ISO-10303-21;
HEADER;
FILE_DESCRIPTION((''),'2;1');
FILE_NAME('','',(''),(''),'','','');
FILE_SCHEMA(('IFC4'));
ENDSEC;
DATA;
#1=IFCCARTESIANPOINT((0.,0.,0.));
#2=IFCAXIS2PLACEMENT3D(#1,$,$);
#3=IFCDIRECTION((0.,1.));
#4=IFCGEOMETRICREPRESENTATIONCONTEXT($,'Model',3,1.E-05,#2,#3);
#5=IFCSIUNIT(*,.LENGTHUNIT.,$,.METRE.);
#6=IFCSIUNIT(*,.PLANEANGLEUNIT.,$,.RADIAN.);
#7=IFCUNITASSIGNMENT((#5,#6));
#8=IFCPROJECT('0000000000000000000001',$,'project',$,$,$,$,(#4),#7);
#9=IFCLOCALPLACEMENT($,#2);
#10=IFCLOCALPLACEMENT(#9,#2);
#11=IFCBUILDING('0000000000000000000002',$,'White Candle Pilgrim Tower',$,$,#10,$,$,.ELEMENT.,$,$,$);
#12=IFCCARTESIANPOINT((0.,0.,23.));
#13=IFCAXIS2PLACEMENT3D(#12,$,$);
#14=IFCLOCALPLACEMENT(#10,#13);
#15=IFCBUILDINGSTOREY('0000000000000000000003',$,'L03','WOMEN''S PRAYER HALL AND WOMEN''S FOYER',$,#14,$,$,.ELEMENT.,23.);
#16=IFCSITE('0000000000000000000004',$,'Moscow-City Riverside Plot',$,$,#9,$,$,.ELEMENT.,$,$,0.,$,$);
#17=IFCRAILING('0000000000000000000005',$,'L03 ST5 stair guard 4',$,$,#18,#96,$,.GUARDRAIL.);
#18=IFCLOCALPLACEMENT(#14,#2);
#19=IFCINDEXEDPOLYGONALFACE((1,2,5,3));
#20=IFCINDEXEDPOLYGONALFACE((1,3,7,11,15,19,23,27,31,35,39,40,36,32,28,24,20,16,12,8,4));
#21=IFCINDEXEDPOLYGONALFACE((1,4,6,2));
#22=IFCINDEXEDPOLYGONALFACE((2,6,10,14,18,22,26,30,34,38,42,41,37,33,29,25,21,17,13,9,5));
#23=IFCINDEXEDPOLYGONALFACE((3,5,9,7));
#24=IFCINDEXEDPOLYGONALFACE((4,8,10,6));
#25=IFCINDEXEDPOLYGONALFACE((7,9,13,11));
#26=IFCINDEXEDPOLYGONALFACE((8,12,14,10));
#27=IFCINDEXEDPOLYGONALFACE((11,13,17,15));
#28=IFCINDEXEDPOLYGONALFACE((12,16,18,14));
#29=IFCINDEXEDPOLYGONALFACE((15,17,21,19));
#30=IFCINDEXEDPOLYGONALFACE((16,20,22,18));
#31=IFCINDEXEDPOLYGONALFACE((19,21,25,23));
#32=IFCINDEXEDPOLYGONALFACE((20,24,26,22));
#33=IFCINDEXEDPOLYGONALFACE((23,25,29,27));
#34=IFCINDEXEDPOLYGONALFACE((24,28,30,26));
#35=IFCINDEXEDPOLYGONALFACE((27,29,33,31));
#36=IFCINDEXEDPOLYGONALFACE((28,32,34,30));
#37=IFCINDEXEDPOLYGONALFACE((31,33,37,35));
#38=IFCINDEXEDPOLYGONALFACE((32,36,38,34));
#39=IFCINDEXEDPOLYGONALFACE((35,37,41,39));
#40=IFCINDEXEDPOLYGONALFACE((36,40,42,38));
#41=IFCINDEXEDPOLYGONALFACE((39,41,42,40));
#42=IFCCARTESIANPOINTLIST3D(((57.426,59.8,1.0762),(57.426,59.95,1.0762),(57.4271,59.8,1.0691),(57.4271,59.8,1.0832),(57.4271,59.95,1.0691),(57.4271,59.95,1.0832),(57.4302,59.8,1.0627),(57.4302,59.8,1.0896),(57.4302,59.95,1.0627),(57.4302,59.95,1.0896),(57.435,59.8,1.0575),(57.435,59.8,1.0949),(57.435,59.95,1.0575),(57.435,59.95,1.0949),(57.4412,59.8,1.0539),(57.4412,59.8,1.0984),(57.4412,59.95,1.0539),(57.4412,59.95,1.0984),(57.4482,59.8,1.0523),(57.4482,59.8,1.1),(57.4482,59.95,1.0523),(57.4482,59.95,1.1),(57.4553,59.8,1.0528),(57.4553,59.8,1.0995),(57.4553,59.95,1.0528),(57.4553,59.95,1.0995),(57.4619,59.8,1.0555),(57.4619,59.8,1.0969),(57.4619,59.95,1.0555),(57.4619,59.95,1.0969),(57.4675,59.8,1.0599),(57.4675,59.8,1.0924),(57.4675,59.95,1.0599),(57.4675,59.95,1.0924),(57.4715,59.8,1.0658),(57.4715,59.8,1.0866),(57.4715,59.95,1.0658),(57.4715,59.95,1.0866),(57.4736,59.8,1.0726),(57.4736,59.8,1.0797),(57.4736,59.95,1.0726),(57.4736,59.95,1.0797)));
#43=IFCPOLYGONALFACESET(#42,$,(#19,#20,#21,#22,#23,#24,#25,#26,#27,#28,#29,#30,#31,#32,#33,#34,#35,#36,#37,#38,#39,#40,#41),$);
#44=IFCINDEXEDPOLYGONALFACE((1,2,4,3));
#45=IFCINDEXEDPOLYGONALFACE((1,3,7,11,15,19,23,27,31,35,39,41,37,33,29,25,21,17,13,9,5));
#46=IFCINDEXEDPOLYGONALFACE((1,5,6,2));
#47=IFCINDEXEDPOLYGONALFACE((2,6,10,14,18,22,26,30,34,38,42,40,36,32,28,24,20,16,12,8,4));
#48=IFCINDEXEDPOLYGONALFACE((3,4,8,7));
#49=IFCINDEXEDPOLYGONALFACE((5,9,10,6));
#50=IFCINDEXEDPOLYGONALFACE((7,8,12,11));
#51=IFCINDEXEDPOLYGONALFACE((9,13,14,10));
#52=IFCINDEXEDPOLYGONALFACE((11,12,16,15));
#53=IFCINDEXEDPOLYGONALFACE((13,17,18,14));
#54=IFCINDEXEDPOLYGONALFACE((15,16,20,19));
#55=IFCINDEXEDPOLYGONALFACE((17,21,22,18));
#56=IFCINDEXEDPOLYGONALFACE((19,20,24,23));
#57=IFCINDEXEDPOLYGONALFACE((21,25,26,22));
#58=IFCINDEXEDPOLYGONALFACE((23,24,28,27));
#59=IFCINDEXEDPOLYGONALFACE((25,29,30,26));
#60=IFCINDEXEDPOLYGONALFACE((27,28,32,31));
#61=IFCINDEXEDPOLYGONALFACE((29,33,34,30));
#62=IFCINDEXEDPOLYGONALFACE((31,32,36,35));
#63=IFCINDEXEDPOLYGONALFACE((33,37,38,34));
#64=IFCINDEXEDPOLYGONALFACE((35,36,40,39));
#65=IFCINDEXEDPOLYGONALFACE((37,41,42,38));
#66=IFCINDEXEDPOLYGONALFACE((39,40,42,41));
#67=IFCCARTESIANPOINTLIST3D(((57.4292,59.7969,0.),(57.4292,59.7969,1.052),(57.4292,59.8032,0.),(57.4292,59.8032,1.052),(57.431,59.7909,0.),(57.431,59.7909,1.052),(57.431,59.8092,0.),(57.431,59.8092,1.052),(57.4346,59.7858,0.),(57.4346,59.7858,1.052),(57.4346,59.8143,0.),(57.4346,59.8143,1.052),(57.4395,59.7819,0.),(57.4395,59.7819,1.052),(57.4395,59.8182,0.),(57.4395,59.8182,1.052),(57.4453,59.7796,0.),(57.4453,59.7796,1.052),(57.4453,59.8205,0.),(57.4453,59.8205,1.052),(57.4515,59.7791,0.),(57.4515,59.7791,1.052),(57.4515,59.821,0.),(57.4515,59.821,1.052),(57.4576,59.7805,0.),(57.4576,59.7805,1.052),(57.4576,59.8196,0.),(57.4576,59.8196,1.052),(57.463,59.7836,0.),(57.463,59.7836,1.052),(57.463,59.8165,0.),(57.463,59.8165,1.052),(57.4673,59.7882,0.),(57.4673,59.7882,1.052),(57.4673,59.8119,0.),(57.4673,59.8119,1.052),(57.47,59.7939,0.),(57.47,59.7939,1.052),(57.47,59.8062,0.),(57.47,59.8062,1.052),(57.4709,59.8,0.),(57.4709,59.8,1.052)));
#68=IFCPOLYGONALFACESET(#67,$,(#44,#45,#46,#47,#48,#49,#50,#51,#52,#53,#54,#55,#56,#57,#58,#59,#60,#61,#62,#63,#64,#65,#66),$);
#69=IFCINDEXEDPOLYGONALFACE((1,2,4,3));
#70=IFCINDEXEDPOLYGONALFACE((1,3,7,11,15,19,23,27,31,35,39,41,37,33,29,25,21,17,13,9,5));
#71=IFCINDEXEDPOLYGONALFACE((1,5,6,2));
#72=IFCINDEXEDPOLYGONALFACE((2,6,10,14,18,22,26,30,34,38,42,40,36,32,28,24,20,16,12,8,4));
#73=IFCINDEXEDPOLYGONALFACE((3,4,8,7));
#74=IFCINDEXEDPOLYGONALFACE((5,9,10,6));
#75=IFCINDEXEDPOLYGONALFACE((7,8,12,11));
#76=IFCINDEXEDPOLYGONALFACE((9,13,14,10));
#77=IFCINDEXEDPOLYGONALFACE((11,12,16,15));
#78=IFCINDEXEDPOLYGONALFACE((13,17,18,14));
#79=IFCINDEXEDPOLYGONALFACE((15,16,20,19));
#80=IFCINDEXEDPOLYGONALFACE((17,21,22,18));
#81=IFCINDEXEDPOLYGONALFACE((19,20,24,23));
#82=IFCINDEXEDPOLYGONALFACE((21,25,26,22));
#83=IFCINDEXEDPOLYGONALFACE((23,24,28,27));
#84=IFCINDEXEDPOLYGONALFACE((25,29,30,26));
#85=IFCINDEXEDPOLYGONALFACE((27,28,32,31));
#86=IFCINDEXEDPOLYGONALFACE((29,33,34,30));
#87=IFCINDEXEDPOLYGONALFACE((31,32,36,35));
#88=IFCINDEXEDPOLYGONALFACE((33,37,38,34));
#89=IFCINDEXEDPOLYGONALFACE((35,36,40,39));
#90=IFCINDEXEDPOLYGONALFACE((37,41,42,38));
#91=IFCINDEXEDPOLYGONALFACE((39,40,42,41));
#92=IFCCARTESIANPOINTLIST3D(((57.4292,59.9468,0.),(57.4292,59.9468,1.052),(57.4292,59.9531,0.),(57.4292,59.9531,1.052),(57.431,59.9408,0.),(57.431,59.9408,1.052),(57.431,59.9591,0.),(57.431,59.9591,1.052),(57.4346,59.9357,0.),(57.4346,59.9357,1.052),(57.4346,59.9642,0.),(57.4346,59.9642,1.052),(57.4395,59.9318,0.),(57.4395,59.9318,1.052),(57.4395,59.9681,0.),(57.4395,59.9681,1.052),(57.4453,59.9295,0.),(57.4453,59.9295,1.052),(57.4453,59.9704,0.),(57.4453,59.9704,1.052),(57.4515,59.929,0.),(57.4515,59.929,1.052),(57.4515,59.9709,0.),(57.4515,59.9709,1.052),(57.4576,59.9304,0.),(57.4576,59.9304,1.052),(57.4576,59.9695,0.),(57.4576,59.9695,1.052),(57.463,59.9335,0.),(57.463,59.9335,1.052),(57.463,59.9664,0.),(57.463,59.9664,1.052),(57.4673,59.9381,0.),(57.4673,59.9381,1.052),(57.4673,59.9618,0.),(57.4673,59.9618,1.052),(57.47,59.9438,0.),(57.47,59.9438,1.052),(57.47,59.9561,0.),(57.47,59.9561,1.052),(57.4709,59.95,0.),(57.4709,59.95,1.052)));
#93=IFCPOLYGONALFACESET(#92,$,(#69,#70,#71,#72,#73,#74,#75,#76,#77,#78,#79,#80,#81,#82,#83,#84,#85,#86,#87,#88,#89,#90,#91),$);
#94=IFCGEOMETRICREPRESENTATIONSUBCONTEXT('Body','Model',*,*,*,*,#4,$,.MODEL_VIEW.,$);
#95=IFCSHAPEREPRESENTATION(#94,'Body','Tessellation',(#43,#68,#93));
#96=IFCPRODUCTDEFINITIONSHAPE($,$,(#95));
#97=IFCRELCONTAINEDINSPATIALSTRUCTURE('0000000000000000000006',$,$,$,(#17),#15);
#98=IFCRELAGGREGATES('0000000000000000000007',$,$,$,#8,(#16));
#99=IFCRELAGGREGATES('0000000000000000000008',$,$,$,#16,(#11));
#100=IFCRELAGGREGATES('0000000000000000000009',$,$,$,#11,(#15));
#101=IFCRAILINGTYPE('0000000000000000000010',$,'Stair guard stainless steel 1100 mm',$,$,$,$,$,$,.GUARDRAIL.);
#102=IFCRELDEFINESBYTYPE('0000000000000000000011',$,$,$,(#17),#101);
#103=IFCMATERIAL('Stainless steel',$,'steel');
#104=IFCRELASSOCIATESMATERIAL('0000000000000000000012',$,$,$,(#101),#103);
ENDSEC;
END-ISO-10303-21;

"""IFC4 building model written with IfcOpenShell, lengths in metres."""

from ifc_helpers import new_model, si_unit, direction, frame, origin, origin_2d, place, context, subcontext, project, spatial, circle, extrude, material, type_object, element, save


model = new_model("IFC4")

# Units and contexts
model_context = context("Model", 3, precision=1e-05, world=origin(), true_north=direction((0.0, 1.0)))
body_context = subcontext(model_context, "Body", "Model", "MODEL_VIEW")
ifc_project = project(units=[si_unit("LENGTHUNIT", "METRE"), si_unit("PLANEANGLEUNIT", "RADIAN")], contexts=[model_context])

# Site, building, storey
site_placement = place(None, origin())
site = spatial("IfcSite", under=ifc_project, at=site_placement, Name="Moscow-City Riverside Plot", CompositionType="ELEMENT", RefElevation=0.0)
building_placement = place(site_placement, origin())
building = spatial("IfcBuilding", under=site, at=building_placement, Name="White Candle Pilgrim Tower", CompositionType="ELEMENT")
storey_placement = place(building_placement, frame((0.0, 0.0, 23.0)))
storey = spatial("IfcBuildingStorey", under=building, at=storey_placement, Name="L03", Description="WOMEN'S PRAYER HALL AND WOMEN'S FOYER", CompositionType="ELEMENT", Elevation=23.0)

# Railing
ifc_material_1 = material(Name="Stainless steel", Category="steel")
railing_type_1 = type_object("IfcRailingType", Name="Stair guard stainless steel 1100 mm", PredefinedType="GUARDRAIL", material=ifc_material_1)
railing_1_placement = place(storey_placement, frame((57.45, 59.8, 0.0)))
element("IfcRailing", 1, at=railing_1_placement, inside=storey, type_object=railing_type_1, Name="L03 ST5 stair guard 4", PredefinedType="GUARDRAIL", context=body_context, shape_type="SweptSolid", body=[
    extrude(circle(Radius=0.0239, at=origin_2d()), frame((0.0, 0.0, 1.0762), z_axis=(0.0, 1.0, 0.0), x_axis=(-1.0, 0.0, 0.0)), (0.0, 0.0, 1.0), 0.1499),
    extrude(circle(Radius=0.021, at=origin_2d()), origin(), (0.0, 0.0, 1.0), 1.052),
    extrude(circle(Radius=0.021, at=origin_2d()), frame((0.0, 0.1499, 0.0)), (0.0, 0.0, 1.0), 1.052),
])

save(model, "model.ifc")
